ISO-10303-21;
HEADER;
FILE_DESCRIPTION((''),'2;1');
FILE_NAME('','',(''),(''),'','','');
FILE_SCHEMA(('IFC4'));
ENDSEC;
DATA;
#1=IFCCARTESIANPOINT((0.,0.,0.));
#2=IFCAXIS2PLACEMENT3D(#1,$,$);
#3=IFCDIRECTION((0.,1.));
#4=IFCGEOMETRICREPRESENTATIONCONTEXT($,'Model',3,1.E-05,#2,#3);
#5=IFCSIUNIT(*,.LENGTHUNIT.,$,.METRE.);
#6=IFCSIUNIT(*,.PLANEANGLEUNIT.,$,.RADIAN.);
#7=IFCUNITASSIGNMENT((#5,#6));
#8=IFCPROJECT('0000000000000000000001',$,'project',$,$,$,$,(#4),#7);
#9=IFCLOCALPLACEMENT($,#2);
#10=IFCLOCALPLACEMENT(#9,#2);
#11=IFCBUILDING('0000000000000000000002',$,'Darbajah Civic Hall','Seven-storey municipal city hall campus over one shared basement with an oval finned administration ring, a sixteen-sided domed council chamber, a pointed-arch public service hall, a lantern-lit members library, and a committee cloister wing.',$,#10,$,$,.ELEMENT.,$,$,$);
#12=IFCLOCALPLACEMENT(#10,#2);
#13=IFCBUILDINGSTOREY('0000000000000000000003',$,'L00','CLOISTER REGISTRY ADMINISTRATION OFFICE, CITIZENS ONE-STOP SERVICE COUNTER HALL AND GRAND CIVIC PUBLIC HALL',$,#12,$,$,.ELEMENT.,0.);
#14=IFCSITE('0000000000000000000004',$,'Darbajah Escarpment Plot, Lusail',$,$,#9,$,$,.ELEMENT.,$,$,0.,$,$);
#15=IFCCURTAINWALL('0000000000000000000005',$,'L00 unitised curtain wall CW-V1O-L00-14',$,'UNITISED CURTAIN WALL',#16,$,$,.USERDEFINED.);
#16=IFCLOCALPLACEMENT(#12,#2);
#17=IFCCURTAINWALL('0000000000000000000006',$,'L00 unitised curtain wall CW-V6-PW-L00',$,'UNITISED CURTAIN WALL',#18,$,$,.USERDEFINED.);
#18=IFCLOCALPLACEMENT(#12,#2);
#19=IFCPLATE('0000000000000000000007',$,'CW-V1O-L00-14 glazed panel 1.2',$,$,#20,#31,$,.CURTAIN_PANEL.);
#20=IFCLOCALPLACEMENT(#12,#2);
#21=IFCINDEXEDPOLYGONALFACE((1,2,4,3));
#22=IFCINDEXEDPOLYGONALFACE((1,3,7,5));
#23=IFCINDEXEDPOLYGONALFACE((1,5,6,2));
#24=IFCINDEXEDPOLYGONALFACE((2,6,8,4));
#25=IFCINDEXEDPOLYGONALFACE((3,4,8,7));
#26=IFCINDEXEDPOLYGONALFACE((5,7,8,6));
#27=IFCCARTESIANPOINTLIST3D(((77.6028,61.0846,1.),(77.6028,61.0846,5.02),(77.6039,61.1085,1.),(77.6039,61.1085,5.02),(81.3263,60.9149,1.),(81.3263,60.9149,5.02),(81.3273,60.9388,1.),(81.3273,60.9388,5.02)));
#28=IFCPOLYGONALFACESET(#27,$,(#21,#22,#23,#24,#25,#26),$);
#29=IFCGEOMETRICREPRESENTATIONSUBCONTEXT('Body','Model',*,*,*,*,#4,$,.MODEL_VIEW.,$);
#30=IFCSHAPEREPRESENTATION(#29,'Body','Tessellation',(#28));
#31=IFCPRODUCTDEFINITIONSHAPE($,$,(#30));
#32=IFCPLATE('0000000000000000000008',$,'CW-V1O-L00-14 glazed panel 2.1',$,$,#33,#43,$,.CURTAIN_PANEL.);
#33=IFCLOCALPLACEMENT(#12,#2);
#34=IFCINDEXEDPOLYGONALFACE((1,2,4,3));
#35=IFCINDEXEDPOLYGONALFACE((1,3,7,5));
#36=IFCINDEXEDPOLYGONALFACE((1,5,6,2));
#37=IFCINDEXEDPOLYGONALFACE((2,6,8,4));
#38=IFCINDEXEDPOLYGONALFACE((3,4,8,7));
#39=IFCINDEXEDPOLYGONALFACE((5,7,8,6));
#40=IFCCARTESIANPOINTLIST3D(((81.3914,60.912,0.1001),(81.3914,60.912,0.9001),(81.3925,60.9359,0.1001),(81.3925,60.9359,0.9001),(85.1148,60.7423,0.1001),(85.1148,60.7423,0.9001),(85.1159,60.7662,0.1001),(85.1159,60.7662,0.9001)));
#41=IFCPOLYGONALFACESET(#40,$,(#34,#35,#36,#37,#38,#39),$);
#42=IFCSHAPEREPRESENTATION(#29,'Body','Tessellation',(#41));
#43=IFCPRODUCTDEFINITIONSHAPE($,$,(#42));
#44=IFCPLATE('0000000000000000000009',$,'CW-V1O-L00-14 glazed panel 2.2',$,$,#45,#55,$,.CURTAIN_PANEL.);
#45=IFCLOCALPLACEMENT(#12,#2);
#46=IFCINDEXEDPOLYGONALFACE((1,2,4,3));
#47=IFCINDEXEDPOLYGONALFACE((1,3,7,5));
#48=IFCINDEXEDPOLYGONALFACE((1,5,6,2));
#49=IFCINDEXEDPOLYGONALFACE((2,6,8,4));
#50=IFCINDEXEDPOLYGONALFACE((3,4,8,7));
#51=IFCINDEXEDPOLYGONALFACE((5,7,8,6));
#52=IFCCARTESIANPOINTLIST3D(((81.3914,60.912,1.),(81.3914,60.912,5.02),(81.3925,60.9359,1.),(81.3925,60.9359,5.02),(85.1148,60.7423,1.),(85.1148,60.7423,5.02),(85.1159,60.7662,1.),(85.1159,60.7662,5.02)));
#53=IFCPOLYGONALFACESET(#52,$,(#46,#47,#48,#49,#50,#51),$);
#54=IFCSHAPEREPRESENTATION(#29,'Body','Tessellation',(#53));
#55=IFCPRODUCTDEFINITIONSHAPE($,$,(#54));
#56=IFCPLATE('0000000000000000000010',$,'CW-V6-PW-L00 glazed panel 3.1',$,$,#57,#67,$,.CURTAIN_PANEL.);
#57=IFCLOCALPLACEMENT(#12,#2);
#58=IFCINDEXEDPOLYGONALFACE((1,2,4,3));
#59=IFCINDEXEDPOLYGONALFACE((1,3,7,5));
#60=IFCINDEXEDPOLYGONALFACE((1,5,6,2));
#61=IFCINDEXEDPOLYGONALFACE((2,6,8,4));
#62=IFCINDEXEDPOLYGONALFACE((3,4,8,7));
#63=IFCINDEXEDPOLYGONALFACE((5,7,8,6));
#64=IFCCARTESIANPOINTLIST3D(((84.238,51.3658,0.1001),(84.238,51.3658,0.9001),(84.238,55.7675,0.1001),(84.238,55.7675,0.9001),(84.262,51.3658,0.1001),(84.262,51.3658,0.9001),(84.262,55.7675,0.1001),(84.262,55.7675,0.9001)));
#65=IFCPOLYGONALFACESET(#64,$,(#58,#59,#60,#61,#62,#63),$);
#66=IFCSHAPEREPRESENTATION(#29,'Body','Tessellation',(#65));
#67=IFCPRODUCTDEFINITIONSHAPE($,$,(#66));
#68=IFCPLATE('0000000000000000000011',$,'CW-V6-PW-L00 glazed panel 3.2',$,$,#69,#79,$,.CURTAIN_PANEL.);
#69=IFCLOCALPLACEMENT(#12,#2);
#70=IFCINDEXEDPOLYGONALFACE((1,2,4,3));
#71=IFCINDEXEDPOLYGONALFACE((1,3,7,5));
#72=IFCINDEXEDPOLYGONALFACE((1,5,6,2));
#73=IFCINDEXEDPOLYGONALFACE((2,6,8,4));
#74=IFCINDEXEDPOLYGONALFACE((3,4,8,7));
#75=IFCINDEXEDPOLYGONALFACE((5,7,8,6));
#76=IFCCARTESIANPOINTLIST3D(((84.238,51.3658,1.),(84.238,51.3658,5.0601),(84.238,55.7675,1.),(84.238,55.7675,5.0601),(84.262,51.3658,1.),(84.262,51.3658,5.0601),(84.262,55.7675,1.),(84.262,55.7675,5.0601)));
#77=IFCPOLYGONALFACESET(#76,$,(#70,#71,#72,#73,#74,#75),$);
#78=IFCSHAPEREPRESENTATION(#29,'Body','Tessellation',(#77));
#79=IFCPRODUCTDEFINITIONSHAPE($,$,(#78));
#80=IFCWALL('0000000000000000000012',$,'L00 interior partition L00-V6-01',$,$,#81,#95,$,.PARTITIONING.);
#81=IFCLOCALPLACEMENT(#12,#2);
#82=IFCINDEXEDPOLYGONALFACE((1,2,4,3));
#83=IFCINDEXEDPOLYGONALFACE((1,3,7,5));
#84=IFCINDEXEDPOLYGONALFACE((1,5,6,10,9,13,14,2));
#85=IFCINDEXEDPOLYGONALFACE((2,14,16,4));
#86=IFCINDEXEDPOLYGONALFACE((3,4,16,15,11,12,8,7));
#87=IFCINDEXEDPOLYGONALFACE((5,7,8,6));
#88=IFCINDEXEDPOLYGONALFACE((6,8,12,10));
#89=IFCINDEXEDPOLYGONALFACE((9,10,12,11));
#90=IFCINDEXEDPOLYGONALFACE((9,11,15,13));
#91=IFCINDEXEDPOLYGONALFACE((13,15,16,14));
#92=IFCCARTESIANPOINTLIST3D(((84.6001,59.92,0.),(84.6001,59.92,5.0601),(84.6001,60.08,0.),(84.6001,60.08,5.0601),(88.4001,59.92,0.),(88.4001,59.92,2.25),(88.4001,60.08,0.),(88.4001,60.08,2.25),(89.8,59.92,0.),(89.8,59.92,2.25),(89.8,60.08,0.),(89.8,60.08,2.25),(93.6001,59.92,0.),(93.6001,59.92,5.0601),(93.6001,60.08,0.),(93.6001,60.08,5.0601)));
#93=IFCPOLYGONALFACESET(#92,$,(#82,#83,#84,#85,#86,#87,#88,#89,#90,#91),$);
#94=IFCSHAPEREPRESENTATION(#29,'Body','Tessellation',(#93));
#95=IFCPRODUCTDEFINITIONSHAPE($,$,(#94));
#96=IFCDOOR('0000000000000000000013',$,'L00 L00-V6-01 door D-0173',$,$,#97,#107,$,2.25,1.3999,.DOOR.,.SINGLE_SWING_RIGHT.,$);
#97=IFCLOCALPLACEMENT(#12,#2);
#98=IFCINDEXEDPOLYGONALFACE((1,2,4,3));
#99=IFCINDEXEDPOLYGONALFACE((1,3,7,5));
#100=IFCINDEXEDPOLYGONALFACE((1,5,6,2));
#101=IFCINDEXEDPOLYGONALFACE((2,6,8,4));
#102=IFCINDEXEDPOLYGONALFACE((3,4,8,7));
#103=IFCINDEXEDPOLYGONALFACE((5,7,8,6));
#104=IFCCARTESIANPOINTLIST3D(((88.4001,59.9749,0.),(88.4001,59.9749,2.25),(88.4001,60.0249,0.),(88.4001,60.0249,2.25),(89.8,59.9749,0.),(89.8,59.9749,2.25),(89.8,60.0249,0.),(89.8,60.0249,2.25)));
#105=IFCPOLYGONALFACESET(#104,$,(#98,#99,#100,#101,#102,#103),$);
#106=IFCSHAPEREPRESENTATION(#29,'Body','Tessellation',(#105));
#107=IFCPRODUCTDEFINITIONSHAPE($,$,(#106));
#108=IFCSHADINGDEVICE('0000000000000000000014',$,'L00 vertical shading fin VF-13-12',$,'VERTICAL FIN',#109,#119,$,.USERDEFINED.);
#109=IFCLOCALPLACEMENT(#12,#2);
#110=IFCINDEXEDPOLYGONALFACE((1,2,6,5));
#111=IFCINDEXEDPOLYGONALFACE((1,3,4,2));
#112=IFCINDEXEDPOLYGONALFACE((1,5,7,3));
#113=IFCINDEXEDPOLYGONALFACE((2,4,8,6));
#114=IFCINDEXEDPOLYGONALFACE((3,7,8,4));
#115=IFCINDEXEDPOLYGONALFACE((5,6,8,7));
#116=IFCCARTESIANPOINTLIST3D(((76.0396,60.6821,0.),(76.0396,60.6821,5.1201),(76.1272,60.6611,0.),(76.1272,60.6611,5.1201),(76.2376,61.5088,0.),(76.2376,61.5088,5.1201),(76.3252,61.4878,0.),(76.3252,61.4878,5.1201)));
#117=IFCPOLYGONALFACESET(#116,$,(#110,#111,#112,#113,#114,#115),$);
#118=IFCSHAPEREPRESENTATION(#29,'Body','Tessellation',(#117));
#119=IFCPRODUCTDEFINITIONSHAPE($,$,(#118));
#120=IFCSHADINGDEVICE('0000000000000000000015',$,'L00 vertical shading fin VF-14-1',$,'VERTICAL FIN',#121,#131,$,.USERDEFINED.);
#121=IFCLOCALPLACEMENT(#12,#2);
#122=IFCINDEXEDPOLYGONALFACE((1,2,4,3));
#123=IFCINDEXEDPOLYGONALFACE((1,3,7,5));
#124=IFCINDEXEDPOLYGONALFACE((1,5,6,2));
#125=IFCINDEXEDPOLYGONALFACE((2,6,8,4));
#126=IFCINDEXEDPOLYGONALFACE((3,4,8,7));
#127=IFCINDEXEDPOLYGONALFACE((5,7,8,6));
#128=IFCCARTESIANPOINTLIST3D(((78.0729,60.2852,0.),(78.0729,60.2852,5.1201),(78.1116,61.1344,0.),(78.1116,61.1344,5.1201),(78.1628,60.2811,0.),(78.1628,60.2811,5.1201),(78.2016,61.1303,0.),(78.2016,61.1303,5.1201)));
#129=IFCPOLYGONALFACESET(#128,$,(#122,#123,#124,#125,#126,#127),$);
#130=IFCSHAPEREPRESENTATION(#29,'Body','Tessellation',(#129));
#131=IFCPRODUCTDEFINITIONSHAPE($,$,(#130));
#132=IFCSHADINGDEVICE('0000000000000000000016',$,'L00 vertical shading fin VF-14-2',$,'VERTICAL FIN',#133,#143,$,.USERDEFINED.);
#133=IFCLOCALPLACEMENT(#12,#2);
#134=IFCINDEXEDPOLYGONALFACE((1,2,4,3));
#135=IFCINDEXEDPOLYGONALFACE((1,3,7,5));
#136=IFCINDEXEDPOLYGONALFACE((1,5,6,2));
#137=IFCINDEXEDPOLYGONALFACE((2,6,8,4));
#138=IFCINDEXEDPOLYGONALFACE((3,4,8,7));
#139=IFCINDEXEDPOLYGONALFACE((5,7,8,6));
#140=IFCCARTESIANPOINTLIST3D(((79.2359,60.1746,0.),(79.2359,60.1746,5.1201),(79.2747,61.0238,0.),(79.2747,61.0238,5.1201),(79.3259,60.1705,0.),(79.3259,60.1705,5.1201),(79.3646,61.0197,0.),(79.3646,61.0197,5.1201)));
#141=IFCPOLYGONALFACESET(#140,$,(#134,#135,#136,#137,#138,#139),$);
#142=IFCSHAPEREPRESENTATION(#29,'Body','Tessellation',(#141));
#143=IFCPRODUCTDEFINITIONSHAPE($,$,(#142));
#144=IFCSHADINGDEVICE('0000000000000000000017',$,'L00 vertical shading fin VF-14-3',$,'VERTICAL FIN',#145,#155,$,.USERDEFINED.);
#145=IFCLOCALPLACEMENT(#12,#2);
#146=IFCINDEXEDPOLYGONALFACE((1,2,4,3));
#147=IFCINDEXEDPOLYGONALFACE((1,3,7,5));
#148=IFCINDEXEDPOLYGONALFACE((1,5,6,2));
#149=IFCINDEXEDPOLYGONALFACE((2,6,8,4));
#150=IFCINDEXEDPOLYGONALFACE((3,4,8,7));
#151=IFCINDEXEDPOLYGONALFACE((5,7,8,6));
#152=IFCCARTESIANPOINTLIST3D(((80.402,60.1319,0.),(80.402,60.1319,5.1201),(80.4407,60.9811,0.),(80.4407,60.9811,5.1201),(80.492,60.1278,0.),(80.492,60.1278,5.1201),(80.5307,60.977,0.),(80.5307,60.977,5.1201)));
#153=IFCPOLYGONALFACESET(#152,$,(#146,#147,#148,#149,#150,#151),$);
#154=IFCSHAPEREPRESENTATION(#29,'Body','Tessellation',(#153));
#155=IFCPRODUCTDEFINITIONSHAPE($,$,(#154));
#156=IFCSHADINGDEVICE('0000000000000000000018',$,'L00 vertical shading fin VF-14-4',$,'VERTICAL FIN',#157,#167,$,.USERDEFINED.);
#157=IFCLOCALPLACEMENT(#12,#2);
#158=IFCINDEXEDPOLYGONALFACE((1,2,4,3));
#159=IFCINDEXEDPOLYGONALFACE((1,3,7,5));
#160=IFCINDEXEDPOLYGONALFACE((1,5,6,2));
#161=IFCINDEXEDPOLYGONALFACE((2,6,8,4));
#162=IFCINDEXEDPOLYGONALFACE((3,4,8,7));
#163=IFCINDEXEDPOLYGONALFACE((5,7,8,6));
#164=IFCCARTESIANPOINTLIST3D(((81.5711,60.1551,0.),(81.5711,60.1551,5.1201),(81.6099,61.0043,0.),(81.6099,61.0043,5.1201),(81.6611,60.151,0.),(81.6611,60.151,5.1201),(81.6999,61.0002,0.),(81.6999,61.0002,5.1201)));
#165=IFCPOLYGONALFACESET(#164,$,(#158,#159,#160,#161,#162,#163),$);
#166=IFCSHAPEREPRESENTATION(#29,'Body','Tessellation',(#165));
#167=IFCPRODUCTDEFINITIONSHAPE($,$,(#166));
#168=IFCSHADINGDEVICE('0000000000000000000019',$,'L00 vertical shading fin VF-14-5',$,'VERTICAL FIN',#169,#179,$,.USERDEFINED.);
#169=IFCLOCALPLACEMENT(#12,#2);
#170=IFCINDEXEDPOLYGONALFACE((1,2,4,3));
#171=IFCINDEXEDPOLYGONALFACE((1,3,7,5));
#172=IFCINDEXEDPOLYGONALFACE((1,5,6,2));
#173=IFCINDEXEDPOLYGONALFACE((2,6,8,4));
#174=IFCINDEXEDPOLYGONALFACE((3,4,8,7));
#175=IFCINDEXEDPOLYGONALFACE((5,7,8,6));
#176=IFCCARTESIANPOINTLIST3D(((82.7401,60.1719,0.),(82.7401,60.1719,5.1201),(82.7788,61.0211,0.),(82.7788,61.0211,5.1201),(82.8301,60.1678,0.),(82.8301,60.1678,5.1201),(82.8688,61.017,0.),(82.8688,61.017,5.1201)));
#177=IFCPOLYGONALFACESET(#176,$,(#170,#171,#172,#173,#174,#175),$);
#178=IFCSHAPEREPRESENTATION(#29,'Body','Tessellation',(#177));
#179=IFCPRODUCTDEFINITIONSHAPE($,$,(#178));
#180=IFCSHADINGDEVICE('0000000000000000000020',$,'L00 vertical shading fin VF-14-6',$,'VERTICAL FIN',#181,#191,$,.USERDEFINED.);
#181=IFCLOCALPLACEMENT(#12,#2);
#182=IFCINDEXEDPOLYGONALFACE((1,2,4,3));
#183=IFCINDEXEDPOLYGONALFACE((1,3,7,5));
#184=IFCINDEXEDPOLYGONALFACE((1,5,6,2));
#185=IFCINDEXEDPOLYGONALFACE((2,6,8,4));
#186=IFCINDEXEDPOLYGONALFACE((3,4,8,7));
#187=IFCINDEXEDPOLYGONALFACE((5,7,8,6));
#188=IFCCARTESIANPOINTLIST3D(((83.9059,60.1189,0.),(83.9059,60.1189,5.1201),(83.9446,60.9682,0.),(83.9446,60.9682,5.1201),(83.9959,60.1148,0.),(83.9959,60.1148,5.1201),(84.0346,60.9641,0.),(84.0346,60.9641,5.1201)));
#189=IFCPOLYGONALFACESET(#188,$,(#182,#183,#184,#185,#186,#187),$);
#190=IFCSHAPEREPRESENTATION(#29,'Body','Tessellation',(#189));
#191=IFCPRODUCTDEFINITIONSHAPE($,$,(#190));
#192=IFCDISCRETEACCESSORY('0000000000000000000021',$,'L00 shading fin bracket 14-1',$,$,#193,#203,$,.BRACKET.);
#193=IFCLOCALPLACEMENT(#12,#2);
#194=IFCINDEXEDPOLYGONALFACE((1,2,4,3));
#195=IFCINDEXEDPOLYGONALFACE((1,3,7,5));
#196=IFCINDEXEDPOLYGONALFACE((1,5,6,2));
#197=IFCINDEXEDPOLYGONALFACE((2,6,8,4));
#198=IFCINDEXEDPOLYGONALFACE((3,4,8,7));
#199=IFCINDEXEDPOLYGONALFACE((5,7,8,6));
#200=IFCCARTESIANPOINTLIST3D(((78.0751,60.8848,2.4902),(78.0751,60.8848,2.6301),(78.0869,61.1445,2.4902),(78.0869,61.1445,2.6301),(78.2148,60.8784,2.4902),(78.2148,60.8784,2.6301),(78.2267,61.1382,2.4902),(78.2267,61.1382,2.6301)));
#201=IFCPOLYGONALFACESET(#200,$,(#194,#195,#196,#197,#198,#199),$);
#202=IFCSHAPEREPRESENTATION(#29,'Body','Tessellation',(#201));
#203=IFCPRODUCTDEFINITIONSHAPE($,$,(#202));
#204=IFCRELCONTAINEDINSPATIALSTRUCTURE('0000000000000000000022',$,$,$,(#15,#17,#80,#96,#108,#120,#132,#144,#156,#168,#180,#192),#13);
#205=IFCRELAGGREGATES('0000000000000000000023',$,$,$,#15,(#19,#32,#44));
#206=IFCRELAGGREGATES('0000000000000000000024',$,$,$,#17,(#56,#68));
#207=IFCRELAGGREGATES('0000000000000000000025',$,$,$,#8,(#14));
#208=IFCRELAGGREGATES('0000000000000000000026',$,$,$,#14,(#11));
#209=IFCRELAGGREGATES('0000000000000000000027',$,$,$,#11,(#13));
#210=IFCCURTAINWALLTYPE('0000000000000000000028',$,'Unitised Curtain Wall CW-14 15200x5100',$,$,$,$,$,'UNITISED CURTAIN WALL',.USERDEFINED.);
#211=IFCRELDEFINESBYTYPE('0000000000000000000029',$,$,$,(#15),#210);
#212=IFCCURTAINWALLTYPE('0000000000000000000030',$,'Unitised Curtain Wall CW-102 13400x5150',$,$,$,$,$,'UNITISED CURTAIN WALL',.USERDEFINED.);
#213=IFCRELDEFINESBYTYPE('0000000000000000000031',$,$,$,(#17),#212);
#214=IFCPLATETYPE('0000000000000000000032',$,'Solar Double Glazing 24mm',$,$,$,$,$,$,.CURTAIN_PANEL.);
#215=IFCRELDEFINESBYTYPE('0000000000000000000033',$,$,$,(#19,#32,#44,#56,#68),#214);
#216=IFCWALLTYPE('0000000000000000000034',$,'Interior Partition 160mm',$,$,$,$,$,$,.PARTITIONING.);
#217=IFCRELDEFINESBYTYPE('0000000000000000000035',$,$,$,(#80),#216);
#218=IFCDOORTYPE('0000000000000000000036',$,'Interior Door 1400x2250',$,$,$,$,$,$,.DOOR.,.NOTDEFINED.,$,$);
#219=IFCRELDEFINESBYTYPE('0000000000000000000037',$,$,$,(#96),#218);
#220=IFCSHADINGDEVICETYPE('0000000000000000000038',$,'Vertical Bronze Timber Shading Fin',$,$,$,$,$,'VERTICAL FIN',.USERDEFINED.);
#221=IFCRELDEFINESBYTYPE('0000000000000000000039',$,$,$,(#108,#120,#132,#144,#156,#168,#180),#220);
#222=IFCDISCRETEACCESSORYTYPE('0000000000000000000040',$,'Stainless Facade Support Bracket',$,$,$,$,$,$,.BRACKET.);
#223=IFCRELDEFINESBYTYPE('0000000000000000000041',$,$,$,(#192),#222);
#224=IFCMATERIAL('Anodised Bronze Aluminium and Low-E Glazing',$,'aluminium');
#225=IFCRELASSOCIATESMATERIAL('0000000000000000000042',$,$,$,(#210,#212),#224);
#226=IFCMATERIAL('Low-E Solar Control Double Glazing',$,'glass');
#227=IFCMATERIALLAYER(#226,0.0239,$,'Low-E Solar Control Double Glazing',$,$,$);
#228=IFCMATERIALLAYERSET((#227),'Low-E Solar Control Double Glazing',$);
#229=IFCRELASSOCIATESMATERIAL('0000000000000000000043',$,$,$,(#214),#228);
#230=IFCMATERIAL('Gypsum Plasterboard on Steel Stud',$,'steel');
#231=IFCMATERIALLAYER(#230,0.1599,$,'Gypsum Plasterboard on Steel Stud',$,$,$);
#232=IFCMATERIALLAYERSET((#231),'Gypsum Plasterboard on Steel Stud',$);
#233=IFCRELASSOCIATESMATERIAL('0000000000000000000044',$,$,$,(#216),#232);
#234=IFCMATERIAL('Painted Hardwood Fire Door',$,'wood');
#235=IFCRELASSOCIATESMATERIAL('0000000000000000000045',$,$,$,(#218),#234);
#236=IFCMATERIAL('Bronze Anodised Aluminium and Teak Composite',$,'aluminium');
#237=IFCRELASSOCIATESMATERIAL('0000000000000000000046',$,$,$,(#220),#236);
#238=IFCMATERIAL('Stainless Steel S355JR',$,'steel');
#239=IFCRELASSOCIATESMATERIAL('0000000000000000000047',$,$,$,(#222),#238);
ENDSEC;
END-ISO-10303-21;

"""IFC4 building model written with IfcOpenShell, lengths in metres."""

from ifc_helpers import new_model, si_unit, direction, frame, frame_2d, origin, origin_2d, place, context, subcontext, project, spatial, rectangle, extrude, material, layer, layer_set, type_object, element, fill, aggregate, save


model = new_model("IFC4")

# Units and contexts
model_context = context("Model", 3, precision=1e-05, world=origin(), true_north=direction((0.0, 1.0)))
body_context = subcontext(model_context, "Body", "Model", "MODEL_VIEW")
ifc_project = project(units=[si_unit("LENGTHUNIT", "METRE"), si_unit("PLANEANGLEUNIT", "RADIAN")], contexts=[model_context])

# Site, building, storey
site_placement = place(None, origin())
site = spatial("IfcSite", under=ifc_project, at=site_placement, Name="Darbajah Escarpment Plot, Lusail", CompositionType="ELEMENT", RefElevation=0.0)
building_placement = place(site_placement, origin())
building = spatial("IfcBuilding", under=site, at=building_placement, Name="Darbajah Civic Hall", Description="Seven-storey municipal city hall campus over one shared basement with an oval finned administration ring, a sixteen-sided domed council chamber, a pointed-arch public service hall, a lantern-lit members library, and a committee cloister wing.", CompositionType="ELEMENT")
storey_placement = place(building_placement, origin())
storey = spatial("IfcBuildingStorey", under=building, at=storey_placement, Name="L00", Description="CLOISTER REGISTRY ADMINISTRATION OFFICE, CITIZENS ONE-STOP SERVICE COUNTER HALL AND GRAND CIVIC PUBLIC HALL", CompositionType="ELEMENT", Elevation=0.0)

# Curtain walls
ifc_material_1 = material(Name="Anodised Bronze Aluminium and Low-E Glazing", Category="aluminium")
curtain_wall_type_1 = type_object("IfcCurtainWallType", Name="Unitised Curtain Wall CW-14 15200x5100", ElementType="UNITISED CURTAIN WALL", PredefinedType="USERDEFINED", material=ifc_material_1)
curtain_wall_1_placement = place(storey_placement, origin())
curtain_wall_1 = element("IfcCurtainWall", 1, at=curtain_wall_1_placement, inside=storey, type_object=curtain_wall_type_1, Name="L00 unitised curtain wall CW-V1O-L00-14", ObjectType="UNITISED CURTAIN WALL", PredefinedType="USERDEFINED")
curtain_wall_type_2 = type_object("IfcCurtainWallType", Name="Unitised Curtain Wall CW-102 13400x5150", ElementType="UNITISED CURTAIN WALL", PredefinedType="USERDEFINED", material=ifc_material_1)
curtain_wall_2_placement = place(storey_placement, origin())
curtain_wall_2 = element("IfcCurtainWall", 2, at=curtain_wall_2_placement, inside=storey, type_object=curtain_wall_type_2, Name="L00 unitised curtain wall CW-V6-PW-L00", ObjectType="UNITISED CURTAIN WALL", PredefinedType="USERDEFINED")

# Plates
ifc_material_2 = material(Name="Low-E Solar Control Double Glazing", Category="glass")
ifc_layer_1 = layer(ifc_material_2, 0.0239, Name="Low-E Solar Control Double Glazing")
ifc_layer_set_1 = layer_set([ifc_layer_1], Name="Low-E Solar Control Double Glazing")
plate_type = type_object("IfcPlateType", Name="Solar Double Glazing 24mm", PredefinedType="CURTAIN_PANEL", material=ifc_layer_set_1)
plate_1_placement = place(storey_placement, frame((79.4651, 61.0117, 1.0), z_axis=(0.0, 0.0, 1.0), x_axis=(0.998963, -0.045537, 0.0)))
plate_1 = element("IfcPlate", 3, at=plate_1_placement, type_object=plate_type, Name="CW-V1O-L00-14 glazed panel 1.2", PredefinedType="CURTAIN_PANEL", context=body_context, shape_type="SweptSolid", body=[
    extrude(rectangle(XDim=3.7273, YDim=0.0239, at=origin_2d()), origin(), (0.0, 0.0, 1.0), 4.02),
])
plate_2_placement = place(storey_placement, frame((83.2537, 60.8391, 0.1001), z_axis=(0.0, 0.0, 1.0), x_axis=(0.998963, -0.045537, 0.0)))
plate_2 = element("IfcPlate", 4, at=plate_2_placement, type_object=plate_type, Name="CW-V1O-L00-14 glazed panel 2.1", PredefinedType="CURTAIN_PANEL", context=body_context, shape_type="SweptSolid", body=[
    extrude(rectangle(XDim=3.7273, YDim=0.0239, at=origin_2d()), origin(), (0.0, 0.0, 1.0), 0.8),
])
plate_3_placement = place(storey_placement, frame((83.2537, 60.8391, 1.0), z_axis=(0.0, 0.0, 1.0), x_axis=(0.998963, -0.045537, 0.0)))
plate_3 = element("IfcPlate", 5, at=plate_3_placement, type_object=plate_type, Name="CW-V1O-L00-14 glazed panel 2.2", PredefinedType="CURTAIN_PANEL", context=body_context, shape_type="SweptSolid", body=[
    extrude(rectangle(XDim=3.7273, YDim=0.0239, at=origin_2d()), origin(), (0.0, 0.0, 1.0), 4.02),
])
aggregate(curtain_wall_1, [plate_1, plate_2, plate_3])
plate_4_placement = place(storey_placement, frame((84.25, 53.5667, 0.1001), z_axis=(0.0, 0.0, 1.0), x_axis=(0.0, 1.0, 0.0)))
plate_4 = element("IfcPlate", 6, at=plate_4_placement, type_object=plate_type, Name="CW-V6-PW-L00 glazed panel 3.1", PredefinedType="CURTAIN_PANEL", context=body_context, shape_type="SweptSolid", body=[
    extrude(rectangle(XDim=4.4016, YDim=0.0239, at=origin_2d()), origin(), (0.0, 0.0, 1.0), 0.8),
])
plate_5_placement = place(storey_placement, frame((84.25, 53.5667, 1.0), z_axis=(0.0, 0.0, 1.0), x_axis=(0.0, 1.0, 0.0)))
plate_5 = element("IfcPlate", 7, at=plate_5_placement, type_object=plate_type, Name="CW-V6-PW-L00 glazed panel 3.2", PredefinedType="CURTAIN_PANEL", context=body_context, shape_type="SweptSolid", body=[
    extrude(rectangle(XDim=4.4016, YDim=0.0239, at=origin_2d()), origin(), (0.0, 0.0, 1.0), 4.0601),
])
aggregate(curtain_wall_2, [plate_4, plate_5])

# Wall, opening, door
ifc_material_3 = material(Name="Gypsum Plasterboard on Steel Stud", Category="steel")
ifc_layer_2 = layer(ifc_material_3, 0.1599, Name="Gypsum Plasterboard on Steel Stud")
ifc_layer_set_2 = layer_set([ifc_layer_2], Name="Gypsum Plasterboard on Steel Stud")
wall_type = type_object("IfcWallType", Name="Interior Partition 160mm", PredefinedType="PARTITIONING", material=ifc_layer_set_2)
wall_placement = place(storey_placement, frame((84.6001, 60.0, 0.0), z_axis=(0.0, 0.0, 1.0), x_axis=(1.0, 0.0, 0.0)))
wall = element("IfcWall", 8, at=wall_placement, inside=storey, type_object=wall_type, Name="L00 interior partition L00-V6-01", PredefinedType="PARTITIONING", context=body_context, shape_type="SweptSolid", body=[
    extrude(rectangle(XDim=9.0, YDim=0.1599, at=frame_2d((4.5, 0.0))), origin(), (0.0, 0.0, 1.0), 5.0601),
])
opening_placement = place(wall_placement, frame((3.8, 0.0, 0.0)))
opening = element("IfcOpeningElement", 9, at=opening_placement, cuts=wall, PredefinedType="OPENING", context=body_context, shape_type="SweptSolid", body=[
    extrude(rectangle(XDim=1.3999, YDim=2.25, at=frame_2d((0.7, 1.125))), frame((0.0, 0.0898, 0.0), z_axis=(0.0, -1.0, 0.0), x_axis=(1.0, 0.0, 0.0)), (0.0, 0.0, 1.0), 0.1799),
])
ifc_material_4 = material(Name="Painted Hardwood Fire Door", Category="wood")
door_type = type_object("IfcDoorType", Name="Interior Door 1400x2250", OperationType="NOTDEFINED", PredefinedType="DOOR", material=ifc_material_4)
door_placement = place(opening_placement, origin())
door = element("IfcDoor", 10, at=door_placement, inside=storey, type_object=door_type, Name="L00 L00-V6-01 door D-0173", OperationType="SINGLE_SWING_RIGHT", OverallHeight=2.25, OverallWidth=1.3999, PredefinedType="DOOR", context=body_context, shape_type="SweptSolid", body=[
    extrude(rectangle(XDim=1.3999, YDim=2.25, at=frame_2d((0.7, 1.125))), frame((0.0, 0.0249, 0.0), z_axis=(0.0, -1.0, 0.0), x_axis=(1.0, 0.0, 0.0)), (0.0, 0.0, 1.0), 0.05),
])
fill(opening, door)

# Shading devices
ifc_material_5 = material(Name="Bronze Anodised Aluminium and Teak Composite", Category="aluminium")
shading_device_type = type_object("IfcShadingDeviceType", Name="Vertical Bronze Timber Shading Fin", ElementType="VERTICAL FIN", PredefinedType="USERDEFINED", material=ifc_material_5)
for number, where, z_axis, x_axis, name in (
    (11, (76.1824, 61.085, 0.0), (0.0, 0.0, 1.0), (-0.232936, -0.972492, 0.0), "L00 vertical shading fin VF-13-12"),
    (12, (78.1372, 60.7078, 0.0), (0.0, 0.0, 1.0), (-0.045537, -0.998963, 0.0), "L00 vertical shading fin VF-14-1"),
    (13, (79.3003, 60.5972, 0.0), (0.0, 0.0, 1.0), (-0.045537, -0.998963, 0.0), "L00 vertical shading fin VF-14-2"),
    (14, (80.4663, 60.5544, 0.0), (0.0, 0.0, 1.0), (-0.045537, -0.998963, 0.0), "L00 vertical shading fin VF-14-3"),
    (15, (81.6355, 60.5776, 0.0), (0.0, 0.0, 1.0), (-0.045537, -0.998963, 0.0), "L00 vertical shading fin VF-14-4"),
    (16, (82.8044, 60.5945, 0.0), (0.0, 0.0, 1.0), (-0.045537, -0.998963, 0.0), "L00 vertical shading fin VF-14-5"),
    (17, (83.9702, 60.5415, 0.0), (0.0, 0.0, 1.0), (-0.045537, -0.998963, 0.0), "L00 vertical shading fin VF-14-6"),
):
    element("IfcShadingDevice", number, at=place(storey_placement, frame(where, z_axis=z_axis, x_axis=x_axis)), inside=storey, type_object=shading_device_type, Name=name, ObjectType="VERTICAL FIN", PredefinedType="USERDEFINED", context=body_context, shape_type="SweptSolid", body=[
        extrude(rectangle(XDim=0.8501, YDim=0.0901, at=origin_2d()), origin(), (0.0, 0.0, 1.0), 5.1201),
    ])

# Discrete accessory
ifc_material_6 = material(Name="Stainless Steel S355JR", Category="steel")
discrete_accessory_type = type_object("IfcDiscreteAccessoryType", Name="Stainless Facade Support Bracket", PredefinedType="BRACKET", material=ifc_material_6)
for number, where, z_axis, x_axis, name in (
    (18, (78.1509, 61.0115, 2.4902), (0.0, 0.0, 1.0), (-0.045537, -0.998963, 0.0), "L00 shading fin bracket 14-1"),
):
    element("IfcDiscreteAccessory", number, at=place(storey_placement, frame(where, z_axis=z_axis, x_axis=x_axis)), inside=storey, type_object=discrete_accessory_type, Name=name, PredefinedType="BRACKET", context=body_context, shape_type="SweptSolid", body=[
        extrude(rectangle(XDim=0.26, YDim=0.1399, at=origin_2d()), origin(), (0.0, 0.0, 1.0), 0.1399),
    ])

save(model, "model.ifc")
